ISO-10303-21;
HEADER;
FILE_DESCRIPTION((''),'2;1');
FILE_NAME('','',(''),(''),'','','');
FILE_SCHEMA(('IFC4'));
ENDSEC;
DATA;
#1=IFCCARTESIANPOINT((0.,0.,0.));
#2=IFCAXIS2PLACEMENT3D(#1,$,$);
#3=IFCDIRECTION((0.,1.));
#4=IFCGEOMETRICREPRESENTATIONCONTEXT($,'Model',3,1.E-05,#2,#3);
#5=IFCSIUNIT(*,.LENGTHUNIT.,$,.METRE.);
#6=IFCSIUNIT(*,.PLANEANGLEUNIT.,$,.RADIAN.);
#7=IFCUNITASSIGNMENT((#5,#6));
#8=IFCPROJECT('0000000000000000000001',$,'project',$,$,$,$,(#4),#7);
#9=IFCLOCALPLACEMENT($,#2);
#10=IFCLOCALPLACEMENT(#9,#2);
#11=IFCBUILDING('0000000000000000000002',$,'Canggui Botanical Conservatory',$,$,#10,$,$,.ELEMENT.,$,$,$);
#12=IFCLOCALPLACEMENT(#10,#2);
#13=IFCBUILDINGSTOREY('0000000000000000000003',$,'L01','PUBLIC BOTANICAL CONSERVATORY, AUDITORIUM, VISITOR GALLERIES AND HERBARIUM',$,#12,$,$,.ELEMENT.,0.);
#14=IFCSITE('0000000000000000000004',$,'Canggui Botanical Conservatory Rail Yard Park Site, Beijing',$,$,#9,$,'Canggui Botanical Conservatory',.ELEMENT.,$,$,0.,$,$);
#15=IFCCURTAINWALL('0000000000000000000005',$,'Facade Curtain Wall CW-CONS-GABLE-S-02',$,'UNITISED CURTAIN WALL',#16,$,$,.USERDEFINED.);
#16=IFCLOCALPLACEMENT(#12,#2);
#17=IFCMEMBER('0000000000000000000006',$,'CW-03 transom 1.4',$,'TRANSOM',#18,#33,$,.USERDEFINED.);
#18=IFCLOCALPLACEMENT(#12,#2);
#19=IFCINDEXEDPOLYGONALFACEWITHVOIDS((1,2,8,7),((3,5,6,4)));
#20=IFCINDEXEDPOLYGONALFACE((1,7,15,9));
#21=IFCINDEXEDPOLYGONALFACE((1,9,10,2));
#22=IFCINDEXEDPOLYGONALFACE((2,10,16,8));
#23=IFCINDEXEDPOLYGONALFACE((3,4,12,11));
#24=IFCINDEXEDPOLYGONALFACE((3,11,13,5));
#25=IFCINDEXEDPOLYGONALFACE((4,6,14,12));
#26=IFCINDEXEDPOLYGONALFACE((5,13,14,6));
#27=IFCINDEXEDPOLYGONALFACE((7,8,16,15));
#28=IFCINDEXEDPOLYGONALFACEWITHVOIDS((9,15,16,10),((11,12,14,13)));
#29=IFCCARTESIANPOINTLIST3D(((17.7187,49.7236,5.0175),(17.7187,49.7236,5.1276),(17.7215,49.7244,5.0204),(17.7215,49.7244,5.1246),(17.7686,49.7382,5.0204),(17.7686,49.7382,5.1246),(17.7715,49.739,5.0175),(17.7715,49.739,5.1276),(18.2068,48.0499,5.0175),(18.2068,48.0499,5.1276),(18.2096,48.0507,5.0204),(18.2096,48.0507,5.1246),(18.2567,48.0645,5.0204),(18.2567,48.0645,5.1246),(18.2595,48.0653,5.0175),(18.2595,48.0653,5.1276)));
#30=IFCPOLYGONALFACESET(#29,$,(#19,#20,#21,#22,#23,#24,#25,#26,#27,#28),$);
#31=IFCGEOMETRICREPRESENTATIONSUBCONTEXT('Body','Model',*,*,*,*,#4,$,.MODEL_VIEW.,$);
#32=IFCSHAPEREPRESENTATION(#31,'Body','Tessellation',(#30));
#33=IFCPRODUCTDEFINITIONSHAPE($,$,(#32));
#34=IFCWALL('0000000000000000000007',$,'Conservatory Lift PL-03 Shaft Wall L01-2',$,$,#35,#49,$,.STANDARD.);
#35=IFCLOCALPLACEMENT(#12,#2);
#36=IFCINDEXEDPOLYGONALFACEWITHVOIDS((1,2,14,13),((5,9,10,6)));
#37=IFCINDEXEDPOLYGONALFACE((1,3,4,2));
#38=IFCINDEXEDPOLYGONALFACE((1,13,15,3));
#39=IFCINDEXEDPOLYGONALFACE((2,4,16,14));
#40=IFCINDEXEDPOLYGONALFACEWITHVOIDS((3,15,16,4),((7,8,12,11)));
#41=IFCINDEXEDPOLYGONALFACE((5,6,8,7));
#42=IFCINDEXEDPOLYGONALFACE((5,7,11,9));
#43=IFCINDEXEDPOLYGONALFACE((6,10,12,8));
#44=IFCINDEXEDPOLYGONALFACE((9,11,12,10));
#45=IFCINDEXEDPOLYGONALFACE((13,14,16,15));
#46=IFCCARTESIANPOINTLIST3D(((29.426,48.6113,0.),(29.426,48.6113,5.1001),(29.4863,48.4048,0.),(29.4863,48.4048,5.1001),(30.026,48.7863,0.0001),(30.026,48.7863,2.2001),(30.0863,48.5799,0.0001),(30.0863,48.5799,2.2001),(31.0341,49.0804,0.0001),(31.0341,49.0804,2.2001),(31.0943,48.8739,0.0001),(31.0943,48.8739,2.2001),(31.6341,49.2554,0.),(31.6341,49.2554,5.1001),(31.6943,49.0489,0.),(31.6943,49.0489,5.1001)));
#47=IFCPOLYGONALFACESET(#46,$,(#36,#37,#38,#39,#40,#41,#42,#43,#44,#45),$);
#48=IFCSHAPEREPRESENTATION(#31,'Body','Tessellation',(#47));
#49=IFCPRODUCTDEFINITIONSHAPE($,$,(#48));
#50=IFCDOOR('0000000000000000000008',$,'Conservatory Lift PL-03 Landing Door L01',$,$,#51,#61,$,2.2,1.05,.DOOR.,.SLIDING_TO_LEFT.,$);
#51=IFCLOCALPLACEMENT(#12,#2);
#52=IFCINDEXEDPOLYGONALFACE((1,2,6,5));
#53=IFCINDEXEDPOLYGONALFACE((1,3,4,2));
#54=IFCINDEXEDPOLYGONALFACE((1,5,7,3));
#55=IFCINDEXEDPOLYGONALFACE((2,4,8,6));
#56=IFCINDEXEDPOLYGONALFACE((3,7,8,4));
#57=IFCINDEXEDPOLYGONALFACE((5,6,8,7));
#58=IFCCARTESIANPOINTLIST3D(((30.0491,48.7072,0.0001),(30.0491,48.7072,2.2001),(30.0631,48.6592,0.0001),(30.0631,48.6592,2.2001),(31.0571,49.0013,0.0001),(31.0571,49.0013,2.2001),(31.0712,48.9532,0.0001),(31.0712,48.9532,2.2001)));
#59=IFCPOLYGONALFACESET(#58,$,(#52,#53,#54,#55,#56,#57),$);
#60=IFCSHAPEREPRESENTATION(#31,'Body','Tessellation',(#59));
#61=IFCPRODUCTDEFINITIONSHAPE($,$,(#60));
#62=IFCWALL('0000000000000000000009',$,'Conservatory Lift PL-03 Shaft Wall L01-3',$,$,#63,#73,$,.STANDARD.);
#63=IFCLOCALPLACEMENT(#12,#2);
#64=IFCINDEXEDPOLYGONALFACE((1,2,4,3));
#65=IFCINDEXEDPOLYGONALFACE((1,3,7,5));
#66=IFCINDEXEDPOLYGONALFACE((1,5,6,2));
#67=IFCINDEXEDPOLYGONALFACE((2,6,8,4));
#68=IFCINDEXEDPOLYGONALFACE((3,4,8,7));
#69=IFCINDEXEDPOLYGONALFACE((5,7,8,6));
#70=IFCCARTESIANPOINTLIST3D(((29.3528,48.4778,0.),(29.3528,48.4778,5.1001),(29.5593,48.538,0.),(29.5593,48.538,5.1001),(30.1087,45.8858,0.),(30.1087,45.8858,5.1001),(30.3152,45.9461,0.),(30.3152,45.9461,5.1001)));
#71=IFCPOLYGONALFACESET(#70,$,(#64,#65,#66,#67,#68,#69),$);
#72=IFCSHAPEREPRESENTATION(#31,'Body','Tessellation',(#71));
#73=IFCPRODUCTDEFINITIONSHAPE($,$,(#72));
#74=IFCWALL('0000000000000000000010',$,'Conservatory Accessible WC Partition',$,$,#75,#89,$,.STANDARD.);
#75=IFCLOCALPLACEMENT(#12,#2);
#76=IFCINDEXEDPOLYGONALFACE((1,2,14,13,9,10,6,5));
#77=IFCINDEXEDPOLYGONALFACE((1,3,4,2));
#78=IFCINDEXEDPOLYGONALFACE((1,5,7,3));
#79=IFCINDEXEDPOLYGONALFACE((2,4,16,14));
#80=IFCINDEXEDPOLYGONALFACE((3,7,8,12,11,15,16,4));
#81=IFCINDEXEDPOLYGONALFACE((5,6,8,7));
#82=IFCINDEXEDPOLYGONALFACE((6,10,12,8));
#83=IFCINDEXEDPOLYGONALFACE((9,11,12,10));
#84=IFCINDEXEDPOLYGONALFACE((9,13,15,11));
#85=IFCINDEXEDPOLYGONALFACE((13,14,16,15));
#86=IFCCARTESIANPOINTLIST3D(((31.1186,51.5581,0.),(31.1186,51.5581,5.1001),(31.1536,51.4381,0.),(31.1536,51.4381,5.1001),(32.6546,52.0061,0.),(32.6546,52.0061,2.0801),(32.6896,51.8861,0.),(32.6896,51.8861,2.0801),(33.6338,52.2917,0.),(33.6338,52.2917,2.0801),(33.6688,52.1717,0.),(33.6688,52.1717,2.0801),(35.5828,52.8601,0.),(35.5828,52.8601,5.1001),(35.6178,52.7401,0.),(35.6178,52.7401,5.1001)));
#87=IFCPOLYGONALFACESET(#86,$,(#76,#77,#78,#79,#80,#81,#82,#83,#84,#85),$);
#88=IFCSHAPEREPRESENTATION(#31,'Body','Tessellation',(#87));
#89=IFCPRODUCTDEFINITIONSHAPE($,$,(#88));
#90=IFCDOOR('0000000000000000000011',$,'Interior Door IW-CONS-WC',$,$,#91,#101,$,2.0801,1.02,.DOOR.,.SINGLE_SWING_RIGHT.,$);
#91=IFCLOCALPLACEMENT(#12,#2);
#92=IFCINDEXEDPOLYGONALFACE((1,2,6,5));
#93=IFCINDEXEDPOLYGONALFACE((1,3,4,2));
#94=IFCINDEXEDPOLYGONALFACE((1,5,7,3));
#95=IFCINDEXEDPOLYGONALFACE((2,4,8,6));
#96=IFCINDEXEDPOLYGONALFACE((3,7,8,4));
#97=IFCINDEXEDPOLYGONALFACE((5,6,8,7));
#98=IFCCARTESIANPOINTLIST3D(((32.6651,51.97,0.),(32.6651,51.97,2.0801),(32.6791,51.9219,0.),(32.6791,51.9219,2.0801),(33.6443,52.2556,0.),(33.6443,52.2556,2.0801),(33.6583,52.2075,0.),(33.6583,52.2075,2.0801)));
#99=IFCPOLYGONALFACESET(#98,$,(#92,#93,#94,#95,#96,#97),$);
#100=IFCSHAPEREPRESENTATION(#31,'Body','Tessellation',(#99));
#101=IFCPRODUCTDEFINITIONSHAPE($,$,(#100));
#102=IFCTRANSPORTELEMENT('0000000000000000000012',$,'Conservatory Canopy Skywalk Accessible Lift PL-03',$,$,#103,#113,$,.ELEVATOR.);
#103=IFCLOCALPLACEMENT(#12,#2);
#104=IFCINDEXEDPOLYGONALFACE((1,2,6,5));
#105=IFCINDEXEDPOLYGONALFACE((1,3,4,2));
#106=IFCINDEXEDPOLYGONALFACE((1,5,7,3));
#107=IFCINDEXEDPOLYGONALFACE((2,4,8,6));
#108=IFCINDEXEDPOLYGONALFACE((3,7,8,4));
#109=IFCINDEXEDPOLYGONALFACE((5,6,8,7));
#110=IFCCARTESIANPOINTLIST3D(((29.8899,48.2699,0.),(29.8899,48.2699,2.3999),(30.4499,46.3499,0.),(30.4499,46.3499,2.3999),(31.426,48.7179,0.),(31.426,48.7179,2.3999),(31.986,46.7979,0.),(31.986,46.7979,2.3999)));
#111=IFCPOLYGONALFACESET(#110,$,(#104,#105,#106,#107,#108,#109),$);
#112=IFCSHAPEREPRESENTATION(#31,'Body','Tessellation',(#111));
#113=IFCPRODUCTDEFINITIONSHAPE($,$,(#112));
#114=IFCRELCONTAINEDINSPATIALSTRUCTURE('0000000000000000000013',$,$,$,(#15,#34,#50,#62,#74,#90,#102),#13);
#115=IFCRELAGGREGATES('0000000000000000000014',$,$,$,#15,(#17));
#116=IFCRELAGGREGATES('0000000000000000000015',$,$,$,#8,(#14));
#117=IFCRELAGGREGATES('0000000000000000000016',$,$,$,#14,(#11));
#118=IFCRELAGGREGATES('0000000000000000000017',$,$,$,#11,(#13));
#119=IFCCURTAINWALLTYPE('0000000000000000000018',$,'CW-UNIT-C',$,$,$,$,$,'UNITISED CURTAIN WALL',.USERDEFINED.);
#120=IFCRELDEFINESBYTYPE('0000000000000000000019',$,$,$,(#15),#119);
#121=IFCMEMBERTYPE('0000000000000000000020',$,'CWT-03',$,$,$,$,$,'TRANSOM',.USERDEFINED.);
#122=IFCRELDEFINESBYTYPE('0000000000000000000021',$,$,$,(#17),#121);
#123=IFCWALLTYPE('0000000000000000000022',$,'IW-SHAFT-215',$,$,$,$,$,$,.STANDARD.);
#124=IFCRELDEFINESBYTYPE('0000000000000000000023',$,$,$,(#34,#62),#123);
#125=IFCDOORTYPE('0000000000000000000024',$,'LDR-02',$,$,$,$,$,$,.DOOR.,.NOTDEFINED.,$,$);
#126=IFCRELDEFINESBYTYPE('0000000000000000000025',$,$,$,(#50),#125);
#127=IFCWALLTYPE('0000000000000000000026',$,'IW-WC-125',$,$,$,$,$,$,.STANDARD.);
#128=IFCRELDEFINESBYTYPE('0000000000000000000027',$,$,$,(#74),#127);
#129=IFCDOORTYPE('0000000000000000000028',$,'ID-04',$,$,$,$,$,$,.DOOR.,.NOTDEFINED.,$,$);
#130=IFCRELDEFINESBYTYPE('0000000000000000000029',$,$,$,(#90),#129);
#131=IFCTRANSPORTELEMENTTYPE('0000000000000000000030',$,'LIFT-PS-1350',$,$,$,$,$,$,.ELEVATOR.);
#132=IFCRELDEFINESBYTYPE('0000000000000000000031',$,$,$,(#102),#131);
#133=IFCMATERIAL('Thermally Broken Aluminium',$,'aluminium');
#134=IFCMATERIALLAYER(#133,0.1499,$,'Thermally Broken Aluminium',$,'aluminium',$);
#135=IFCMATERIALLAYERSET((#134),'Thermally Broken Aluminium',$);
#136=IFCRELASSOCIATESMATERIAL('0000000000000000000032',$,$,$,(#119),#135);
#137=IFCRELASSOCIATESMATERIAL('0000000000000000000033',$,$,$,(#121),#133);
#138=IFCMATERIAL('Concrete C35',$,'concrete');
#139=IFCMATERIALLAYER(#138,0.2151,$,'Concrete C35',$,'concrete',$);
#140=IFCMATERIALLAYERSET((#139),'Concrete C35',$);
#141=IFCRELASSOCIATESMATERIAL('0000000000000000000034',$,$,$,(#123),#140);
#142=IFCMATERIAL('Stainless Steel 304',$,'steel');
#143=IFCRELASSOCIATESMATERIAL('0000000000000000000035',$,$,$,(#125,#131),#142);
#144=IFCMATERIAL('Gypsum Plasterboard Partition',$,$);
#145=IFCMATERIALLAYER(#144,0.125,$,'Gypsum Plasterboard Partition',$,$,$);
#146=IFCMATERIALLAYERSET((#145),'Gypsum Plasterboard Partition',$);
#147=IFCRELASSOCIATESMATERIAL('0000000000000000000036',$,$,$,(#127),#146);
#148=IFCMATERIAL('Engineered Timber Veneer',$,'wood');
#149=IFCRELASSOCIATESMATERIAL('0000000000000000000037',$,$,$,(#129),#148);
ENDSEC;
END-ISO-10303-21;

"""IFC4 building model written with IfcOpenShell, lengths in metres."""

from ifc_helpers import new_model, si_unit, direction, frame, frame_2d, origin, origin_2d, place, context, subcontext, project, spatial, rectangle, hollow_rectangle, extrude, material, layer, layer_set, material_profile, profile_set, type_object, element, fill, aggregate, save


model = new_model("IFC4")

# Units and contexts
model_context = context("Model", 3, precision=1e-05, world=origin(), true_north=direction((0.0, 1.0)))
body_context = subcontext(model_context, "Body", "Model", "MODEL_VIEW")
ifc_project = project(units=[si_unit("LENGTHUNIT", "METRE"), si_unit("PLANEANGLEUNIT", "RADIAN")], contexts=[model_context])

# Site, building, storey
site_placement = place(None, origin())
site = spatial("IfcSite", under=ifc_project, at=site_placement, Name="Canggui Botanical Conservatory Rail Yard Park Site, Beijing", LongName="Canggui Botanical Conservatory", CompositionType="ELEMENT", RefElevation=0.0)
building_placement = place(site_placement, origin())
building = spatial("IfcBuilding", under=site, at=building_placement, Name="Canggui Botanical Conservatory", CompositionType="ELEMENT")
storey_placement = place(building_placement, origin())
storey = spatial("IfcBuildingStorey", under=building, at=storey_placement, Name="L01", Description="PUBLIC BOTANICAL CONSERVATORY, AUDITORIUM, VISITOR GALLERIES AND HERBARIUM", CompositionType="ELEMENT", Elevation=0.0)

# Shared definitions
ifc_material_1 = material(Name="Concrete C35", Category="concrete")

# Curtain wall
ifc_material_2 = material(Name="Thermally Broken Aluminium", Category="aluminium")
ifc_layer_1 = layer(ifc_material_2, 0.1499, Name="Thermally Broken Aluminium", Category="aluminium")
ifc_layer_set_1 = layer_set([ifc_layer_1], Name="Thermally Broken Aluminium")
curtain_wall_type_1 = type_object("IfcCurtainWallType", Name="CW-UNIT-C", ElementType="UNITISED CURTAIN WALL", PredefinedType="USERDEFINED", material=ifc_layer_set_1)
curtain_wall_1_placement = place(storey_placement, origin())
curtain_wall_1 = element("IfcCurtainWall", 1, at=curtain_wall_1_placement, inside=storey, type_object=curtain_wall_type_1, Name="Facade Curtain Wall CW-CONS-GABLE-S-02", ObjectType="UNITISED CURTAIN WALL", PredefinedType="USERDEFINED")

# Member
ifc_material_profile_1 = material_profile(ifc_material_2, hollow_rectangle(XDim=0.0549, YDim=0.1101, WallThickness=0.0029, at=origin_2d()), Name="CWT 55x110x3")
ifc_profile_set_1 = profile_set([ifc_material_profile_1], Name="Thermally Broken Aluminium")
member_type_1 = type_object("IfcMemberType", Name="CWT-03", ElementType="TRANSOM", PredefinedType="USERDEFINED", material=ifc_profile_set_1)
member_1_placement = place(storey_placement, frame((18.2332, 48.0576, 5.0725), z_axis=(-0.279952, 0.960014, 0.0), x_axis=(-0.960014, -0.279952, 0.0)))
member_1 = element("IfcMember", 2, at=member_1_placement, type_object=member_type_1, Name="CW-03 transom 1.4", ObjectType="TRANSOM", PredefinedType="USERDEFINED", context=body_context, shape_type="SweptSolid", body=[
    extrude(hollow_rectangle(XDim=0.0549, YDim=0.1101, WallThickness=0.0029, at=origin_2d()), origin(), (0.0, 0.0, 1.0), 1.7434),
])
aggregate(curtain_wall_1, [member_1])

# Wall, opening, door
ifc_layer_2 = layer(ifc_material_1, 0.2151, Name="Concrete C35", Category="concrete")
ifc_layer_set_2 = layer_set([ifc_layer_2], Name="Concrete C35")
wall_type_1 = type_object("IfcWallType", Name="IW-SHAFT-215", PredefinedType="STANDARD", material=ifc_layer_set_2)
wall_1_placement = place(storey_placement, frame((31.6641, 49.1521, 0.0), z_axis=(0.0, 0.0, 1.0), x_axis=(-0.959995, -0.280016, 0.0)))
wall_1 = element("IfcWall", 3, at=wall_1_placement, inside=storey, type_object=wall_type_1, Name="Conservatory Lift PL-03 Shaft Wall L01-2", PredefinedType="STANDARD", context=body_context, shape_type="SweptSolid", body=[
    extrude(rectangle(XDim=2.3, YDim=0.2151, at=frame_2d((1.1499, 0.0))), origin(), (0.0, 0.0, 1.0), 5.1001),
])
opening_1_placement = place(wall_1_placement, frame((0.625, 0.0, 0.0)))
opening_1 = element("IfcOpeningElement", 4, at=opening_1_placement, cuts=wall_1, PredefinedType="OPENING", context=body_context, shape_type="SweptSolid", body=[
    extrude(rectangle(XDim=1.05, YDim=2.2, at=frame_2d((0.5249, 1.1001))), frame((0.0, 0.1177, 0.0), z_axis=(0.0, -1.0, 0.0), x_axis=(1.0, 0.0, 0.0)), (0.0, 0.0, 1.0), 0.2351),
])
ifc_material_3 = material(Name="Stainless Steel 304", Category="steel")
door_type_1 = type_object("IfcDoorType", Name="LDR-02", OperationType="NOTDEFINED", PredefinedType="DOOR", material=ifc_material_3)
door_1_placement = place(opening_1_placement, origin())
door_1 = element("IfcDoor", 5, at=door_1_placement, inside=storey, type_object=door_type_1, Name="Conservatory Lift PL-03 Landing Door L01", OperationType="SLIDING_TO_LEFT", OverallHeight=2.2, OverallWidth=1.05, PredefinedType="DOOR", context=body_context, shape_type="SweptSolid", body=[
    extrude(rectangle(XDim=1.05, YDim=2.2, at=frame_2d((0.5249, 1.1001))), frame((0.0, 0.0249, 0.0), z_axis=(0.0, -1.0, 0.0), x_axis=(1.0, 0.0, 0.0)), (0.0, 0.0, 1.0), 0.05),
])
fill(opening_1, door_1)

# Wall
wall_2_placement = place(storey_placement, frame((29.4561, 48.5081, 0.0), z_axis=(0.0, 0.0, 1.0), x_axis=(0.279948, -0.960015, 0.0)))
element("IfcWall", 6, at=wall_2_placement, inside=storey, type_object=wall_type_1, Name="Conservatory Lift PL-03 Shaft Wall L01-3", PredefinedType="STANDARD", context=body_context, shape_type="SweptSolid", body=[
    extrude(rectangle(XDim=2.7, YDim=0.2151, at=frame_2d((1.3501, 0.0))), origin(), (0.0, 0.0, 1.0), 5.1001),
])

# Wall, opening, door
ifc_material_4 = material(Name="Gypsum Plasterboard Partition")
ifc_layer_3 = layer(ifc_material_4, 0.125, Name="Gypsum Plasterboard Partition")
ifc_layer_set_3 = layer_set([ifc_layer_3], Name="Gypsum Plasterboard Partition")
wall_type_2 = type_object("IfcWallType", Name="IW-WC-125", PredefinedType="STANDARD", material=ifc_layer_set_3)
wall_3_placement = place(storey_placement, frame((31.136, 51.498, 0.0), z_axis=(0.0, 0.0, 1.0), x_axis=(0.960002, 0.279994, 0.0)))
wall_3 = element("IfcWall", 7, at=wall_3_placement, inside=storey, type_object=wall_type_2, Name="Conservatory Accessible WC Partition", PredefinedType="STANDARD", context=body_context, shape_type="SweptSolid", body=[
    extrude(rectangle(XDim=4.6501, YDim=0.125, at=frame_2d((2.3252, 0.0))), origin(), (0.0, 0.0, 1.0), 5.1001),
])
opening_2_placement = place(wall_3_placement, frame((1.6001, 0.0, 0.0)))
opening_2 = element("IfcOpeningElement", 8, at=opening_2_placement, cuts=wall_3, PredefinedType="OPENING", context=body_context, shape_type="SweptSolid", body=[
    extrude(rectangle(XDim=1.02, YDim=2.0801, at=frame_2d((0.51, 1.04))), frame((0.0, 0.0725, 0.0), z_axis=(0.0, -1.0, 0.0), x_axis=(1.0, 0.0, 0.0)), (0.0, 0.0, 1.0), 0.145),
])
ifc_material_5 = material(Name="Engineered Timber Veneer", Category="wood")
door_type_2 = type_object("IfcDoorType", Name="ID-04", OperationType="NOTDEFINED", PredefinedType="DOOR", material=ifc_material_5)
door_2_placement = place(opening_2_placement, origin())
door_2 = element("IfcDoor", 9, at=door_2_placement, inside=storey, type_object=door_type_2, Name="Interior Door IW-CONS-WC", OperationType="SINGLE_SWING_RIGHT", OverallHeight=2.0801, OverallWidth=1.02, PredefinedType="DOOR", context=body_context, shape_type="SweptSolid", body=[
    extrude(rectangle(XDim=1.02, YDim=2.0801, at=frame_2d((0.51, 1.04))), frame((0.0, 0.0249, 0.0), z_axis=(0.0, -1.0, 0.0), x_axis=(1.0, 0.0, 0.0)), (0.0, 0.0, 1.0), 0.05),
])
fill(opening_2, door_2)

# Transport element
transport_element_type = type_object("IfcTransportElementType", Name="LIFT-PS-1350", PredefinedType="ELEVATOR", material=ifc_material_3)
transport_element_placement = place(storey_placement, frame((30.938, 47.5339, 0.0), z_axis=(0.0, 0.0, 1.0), x_axis=(0.96, 0.28, 0.0)))
element("IfcTransportElement", 10, at=transport_element_placement, inside=storey, type_object=transport_element_type, Name="Conservatory Canopy Skywalk Accessible Lift PL-03", PredefinedType="ELEVATOR", context=body_context, shape_type="SweptSolid", body=[
    extrude(rectangle(XDim=1.6001, YDim=2.0, at=origin_2d()), origin(), (0.0, 0.0, 1.0), 2.3999),
])

save(model, "model.ifc")
